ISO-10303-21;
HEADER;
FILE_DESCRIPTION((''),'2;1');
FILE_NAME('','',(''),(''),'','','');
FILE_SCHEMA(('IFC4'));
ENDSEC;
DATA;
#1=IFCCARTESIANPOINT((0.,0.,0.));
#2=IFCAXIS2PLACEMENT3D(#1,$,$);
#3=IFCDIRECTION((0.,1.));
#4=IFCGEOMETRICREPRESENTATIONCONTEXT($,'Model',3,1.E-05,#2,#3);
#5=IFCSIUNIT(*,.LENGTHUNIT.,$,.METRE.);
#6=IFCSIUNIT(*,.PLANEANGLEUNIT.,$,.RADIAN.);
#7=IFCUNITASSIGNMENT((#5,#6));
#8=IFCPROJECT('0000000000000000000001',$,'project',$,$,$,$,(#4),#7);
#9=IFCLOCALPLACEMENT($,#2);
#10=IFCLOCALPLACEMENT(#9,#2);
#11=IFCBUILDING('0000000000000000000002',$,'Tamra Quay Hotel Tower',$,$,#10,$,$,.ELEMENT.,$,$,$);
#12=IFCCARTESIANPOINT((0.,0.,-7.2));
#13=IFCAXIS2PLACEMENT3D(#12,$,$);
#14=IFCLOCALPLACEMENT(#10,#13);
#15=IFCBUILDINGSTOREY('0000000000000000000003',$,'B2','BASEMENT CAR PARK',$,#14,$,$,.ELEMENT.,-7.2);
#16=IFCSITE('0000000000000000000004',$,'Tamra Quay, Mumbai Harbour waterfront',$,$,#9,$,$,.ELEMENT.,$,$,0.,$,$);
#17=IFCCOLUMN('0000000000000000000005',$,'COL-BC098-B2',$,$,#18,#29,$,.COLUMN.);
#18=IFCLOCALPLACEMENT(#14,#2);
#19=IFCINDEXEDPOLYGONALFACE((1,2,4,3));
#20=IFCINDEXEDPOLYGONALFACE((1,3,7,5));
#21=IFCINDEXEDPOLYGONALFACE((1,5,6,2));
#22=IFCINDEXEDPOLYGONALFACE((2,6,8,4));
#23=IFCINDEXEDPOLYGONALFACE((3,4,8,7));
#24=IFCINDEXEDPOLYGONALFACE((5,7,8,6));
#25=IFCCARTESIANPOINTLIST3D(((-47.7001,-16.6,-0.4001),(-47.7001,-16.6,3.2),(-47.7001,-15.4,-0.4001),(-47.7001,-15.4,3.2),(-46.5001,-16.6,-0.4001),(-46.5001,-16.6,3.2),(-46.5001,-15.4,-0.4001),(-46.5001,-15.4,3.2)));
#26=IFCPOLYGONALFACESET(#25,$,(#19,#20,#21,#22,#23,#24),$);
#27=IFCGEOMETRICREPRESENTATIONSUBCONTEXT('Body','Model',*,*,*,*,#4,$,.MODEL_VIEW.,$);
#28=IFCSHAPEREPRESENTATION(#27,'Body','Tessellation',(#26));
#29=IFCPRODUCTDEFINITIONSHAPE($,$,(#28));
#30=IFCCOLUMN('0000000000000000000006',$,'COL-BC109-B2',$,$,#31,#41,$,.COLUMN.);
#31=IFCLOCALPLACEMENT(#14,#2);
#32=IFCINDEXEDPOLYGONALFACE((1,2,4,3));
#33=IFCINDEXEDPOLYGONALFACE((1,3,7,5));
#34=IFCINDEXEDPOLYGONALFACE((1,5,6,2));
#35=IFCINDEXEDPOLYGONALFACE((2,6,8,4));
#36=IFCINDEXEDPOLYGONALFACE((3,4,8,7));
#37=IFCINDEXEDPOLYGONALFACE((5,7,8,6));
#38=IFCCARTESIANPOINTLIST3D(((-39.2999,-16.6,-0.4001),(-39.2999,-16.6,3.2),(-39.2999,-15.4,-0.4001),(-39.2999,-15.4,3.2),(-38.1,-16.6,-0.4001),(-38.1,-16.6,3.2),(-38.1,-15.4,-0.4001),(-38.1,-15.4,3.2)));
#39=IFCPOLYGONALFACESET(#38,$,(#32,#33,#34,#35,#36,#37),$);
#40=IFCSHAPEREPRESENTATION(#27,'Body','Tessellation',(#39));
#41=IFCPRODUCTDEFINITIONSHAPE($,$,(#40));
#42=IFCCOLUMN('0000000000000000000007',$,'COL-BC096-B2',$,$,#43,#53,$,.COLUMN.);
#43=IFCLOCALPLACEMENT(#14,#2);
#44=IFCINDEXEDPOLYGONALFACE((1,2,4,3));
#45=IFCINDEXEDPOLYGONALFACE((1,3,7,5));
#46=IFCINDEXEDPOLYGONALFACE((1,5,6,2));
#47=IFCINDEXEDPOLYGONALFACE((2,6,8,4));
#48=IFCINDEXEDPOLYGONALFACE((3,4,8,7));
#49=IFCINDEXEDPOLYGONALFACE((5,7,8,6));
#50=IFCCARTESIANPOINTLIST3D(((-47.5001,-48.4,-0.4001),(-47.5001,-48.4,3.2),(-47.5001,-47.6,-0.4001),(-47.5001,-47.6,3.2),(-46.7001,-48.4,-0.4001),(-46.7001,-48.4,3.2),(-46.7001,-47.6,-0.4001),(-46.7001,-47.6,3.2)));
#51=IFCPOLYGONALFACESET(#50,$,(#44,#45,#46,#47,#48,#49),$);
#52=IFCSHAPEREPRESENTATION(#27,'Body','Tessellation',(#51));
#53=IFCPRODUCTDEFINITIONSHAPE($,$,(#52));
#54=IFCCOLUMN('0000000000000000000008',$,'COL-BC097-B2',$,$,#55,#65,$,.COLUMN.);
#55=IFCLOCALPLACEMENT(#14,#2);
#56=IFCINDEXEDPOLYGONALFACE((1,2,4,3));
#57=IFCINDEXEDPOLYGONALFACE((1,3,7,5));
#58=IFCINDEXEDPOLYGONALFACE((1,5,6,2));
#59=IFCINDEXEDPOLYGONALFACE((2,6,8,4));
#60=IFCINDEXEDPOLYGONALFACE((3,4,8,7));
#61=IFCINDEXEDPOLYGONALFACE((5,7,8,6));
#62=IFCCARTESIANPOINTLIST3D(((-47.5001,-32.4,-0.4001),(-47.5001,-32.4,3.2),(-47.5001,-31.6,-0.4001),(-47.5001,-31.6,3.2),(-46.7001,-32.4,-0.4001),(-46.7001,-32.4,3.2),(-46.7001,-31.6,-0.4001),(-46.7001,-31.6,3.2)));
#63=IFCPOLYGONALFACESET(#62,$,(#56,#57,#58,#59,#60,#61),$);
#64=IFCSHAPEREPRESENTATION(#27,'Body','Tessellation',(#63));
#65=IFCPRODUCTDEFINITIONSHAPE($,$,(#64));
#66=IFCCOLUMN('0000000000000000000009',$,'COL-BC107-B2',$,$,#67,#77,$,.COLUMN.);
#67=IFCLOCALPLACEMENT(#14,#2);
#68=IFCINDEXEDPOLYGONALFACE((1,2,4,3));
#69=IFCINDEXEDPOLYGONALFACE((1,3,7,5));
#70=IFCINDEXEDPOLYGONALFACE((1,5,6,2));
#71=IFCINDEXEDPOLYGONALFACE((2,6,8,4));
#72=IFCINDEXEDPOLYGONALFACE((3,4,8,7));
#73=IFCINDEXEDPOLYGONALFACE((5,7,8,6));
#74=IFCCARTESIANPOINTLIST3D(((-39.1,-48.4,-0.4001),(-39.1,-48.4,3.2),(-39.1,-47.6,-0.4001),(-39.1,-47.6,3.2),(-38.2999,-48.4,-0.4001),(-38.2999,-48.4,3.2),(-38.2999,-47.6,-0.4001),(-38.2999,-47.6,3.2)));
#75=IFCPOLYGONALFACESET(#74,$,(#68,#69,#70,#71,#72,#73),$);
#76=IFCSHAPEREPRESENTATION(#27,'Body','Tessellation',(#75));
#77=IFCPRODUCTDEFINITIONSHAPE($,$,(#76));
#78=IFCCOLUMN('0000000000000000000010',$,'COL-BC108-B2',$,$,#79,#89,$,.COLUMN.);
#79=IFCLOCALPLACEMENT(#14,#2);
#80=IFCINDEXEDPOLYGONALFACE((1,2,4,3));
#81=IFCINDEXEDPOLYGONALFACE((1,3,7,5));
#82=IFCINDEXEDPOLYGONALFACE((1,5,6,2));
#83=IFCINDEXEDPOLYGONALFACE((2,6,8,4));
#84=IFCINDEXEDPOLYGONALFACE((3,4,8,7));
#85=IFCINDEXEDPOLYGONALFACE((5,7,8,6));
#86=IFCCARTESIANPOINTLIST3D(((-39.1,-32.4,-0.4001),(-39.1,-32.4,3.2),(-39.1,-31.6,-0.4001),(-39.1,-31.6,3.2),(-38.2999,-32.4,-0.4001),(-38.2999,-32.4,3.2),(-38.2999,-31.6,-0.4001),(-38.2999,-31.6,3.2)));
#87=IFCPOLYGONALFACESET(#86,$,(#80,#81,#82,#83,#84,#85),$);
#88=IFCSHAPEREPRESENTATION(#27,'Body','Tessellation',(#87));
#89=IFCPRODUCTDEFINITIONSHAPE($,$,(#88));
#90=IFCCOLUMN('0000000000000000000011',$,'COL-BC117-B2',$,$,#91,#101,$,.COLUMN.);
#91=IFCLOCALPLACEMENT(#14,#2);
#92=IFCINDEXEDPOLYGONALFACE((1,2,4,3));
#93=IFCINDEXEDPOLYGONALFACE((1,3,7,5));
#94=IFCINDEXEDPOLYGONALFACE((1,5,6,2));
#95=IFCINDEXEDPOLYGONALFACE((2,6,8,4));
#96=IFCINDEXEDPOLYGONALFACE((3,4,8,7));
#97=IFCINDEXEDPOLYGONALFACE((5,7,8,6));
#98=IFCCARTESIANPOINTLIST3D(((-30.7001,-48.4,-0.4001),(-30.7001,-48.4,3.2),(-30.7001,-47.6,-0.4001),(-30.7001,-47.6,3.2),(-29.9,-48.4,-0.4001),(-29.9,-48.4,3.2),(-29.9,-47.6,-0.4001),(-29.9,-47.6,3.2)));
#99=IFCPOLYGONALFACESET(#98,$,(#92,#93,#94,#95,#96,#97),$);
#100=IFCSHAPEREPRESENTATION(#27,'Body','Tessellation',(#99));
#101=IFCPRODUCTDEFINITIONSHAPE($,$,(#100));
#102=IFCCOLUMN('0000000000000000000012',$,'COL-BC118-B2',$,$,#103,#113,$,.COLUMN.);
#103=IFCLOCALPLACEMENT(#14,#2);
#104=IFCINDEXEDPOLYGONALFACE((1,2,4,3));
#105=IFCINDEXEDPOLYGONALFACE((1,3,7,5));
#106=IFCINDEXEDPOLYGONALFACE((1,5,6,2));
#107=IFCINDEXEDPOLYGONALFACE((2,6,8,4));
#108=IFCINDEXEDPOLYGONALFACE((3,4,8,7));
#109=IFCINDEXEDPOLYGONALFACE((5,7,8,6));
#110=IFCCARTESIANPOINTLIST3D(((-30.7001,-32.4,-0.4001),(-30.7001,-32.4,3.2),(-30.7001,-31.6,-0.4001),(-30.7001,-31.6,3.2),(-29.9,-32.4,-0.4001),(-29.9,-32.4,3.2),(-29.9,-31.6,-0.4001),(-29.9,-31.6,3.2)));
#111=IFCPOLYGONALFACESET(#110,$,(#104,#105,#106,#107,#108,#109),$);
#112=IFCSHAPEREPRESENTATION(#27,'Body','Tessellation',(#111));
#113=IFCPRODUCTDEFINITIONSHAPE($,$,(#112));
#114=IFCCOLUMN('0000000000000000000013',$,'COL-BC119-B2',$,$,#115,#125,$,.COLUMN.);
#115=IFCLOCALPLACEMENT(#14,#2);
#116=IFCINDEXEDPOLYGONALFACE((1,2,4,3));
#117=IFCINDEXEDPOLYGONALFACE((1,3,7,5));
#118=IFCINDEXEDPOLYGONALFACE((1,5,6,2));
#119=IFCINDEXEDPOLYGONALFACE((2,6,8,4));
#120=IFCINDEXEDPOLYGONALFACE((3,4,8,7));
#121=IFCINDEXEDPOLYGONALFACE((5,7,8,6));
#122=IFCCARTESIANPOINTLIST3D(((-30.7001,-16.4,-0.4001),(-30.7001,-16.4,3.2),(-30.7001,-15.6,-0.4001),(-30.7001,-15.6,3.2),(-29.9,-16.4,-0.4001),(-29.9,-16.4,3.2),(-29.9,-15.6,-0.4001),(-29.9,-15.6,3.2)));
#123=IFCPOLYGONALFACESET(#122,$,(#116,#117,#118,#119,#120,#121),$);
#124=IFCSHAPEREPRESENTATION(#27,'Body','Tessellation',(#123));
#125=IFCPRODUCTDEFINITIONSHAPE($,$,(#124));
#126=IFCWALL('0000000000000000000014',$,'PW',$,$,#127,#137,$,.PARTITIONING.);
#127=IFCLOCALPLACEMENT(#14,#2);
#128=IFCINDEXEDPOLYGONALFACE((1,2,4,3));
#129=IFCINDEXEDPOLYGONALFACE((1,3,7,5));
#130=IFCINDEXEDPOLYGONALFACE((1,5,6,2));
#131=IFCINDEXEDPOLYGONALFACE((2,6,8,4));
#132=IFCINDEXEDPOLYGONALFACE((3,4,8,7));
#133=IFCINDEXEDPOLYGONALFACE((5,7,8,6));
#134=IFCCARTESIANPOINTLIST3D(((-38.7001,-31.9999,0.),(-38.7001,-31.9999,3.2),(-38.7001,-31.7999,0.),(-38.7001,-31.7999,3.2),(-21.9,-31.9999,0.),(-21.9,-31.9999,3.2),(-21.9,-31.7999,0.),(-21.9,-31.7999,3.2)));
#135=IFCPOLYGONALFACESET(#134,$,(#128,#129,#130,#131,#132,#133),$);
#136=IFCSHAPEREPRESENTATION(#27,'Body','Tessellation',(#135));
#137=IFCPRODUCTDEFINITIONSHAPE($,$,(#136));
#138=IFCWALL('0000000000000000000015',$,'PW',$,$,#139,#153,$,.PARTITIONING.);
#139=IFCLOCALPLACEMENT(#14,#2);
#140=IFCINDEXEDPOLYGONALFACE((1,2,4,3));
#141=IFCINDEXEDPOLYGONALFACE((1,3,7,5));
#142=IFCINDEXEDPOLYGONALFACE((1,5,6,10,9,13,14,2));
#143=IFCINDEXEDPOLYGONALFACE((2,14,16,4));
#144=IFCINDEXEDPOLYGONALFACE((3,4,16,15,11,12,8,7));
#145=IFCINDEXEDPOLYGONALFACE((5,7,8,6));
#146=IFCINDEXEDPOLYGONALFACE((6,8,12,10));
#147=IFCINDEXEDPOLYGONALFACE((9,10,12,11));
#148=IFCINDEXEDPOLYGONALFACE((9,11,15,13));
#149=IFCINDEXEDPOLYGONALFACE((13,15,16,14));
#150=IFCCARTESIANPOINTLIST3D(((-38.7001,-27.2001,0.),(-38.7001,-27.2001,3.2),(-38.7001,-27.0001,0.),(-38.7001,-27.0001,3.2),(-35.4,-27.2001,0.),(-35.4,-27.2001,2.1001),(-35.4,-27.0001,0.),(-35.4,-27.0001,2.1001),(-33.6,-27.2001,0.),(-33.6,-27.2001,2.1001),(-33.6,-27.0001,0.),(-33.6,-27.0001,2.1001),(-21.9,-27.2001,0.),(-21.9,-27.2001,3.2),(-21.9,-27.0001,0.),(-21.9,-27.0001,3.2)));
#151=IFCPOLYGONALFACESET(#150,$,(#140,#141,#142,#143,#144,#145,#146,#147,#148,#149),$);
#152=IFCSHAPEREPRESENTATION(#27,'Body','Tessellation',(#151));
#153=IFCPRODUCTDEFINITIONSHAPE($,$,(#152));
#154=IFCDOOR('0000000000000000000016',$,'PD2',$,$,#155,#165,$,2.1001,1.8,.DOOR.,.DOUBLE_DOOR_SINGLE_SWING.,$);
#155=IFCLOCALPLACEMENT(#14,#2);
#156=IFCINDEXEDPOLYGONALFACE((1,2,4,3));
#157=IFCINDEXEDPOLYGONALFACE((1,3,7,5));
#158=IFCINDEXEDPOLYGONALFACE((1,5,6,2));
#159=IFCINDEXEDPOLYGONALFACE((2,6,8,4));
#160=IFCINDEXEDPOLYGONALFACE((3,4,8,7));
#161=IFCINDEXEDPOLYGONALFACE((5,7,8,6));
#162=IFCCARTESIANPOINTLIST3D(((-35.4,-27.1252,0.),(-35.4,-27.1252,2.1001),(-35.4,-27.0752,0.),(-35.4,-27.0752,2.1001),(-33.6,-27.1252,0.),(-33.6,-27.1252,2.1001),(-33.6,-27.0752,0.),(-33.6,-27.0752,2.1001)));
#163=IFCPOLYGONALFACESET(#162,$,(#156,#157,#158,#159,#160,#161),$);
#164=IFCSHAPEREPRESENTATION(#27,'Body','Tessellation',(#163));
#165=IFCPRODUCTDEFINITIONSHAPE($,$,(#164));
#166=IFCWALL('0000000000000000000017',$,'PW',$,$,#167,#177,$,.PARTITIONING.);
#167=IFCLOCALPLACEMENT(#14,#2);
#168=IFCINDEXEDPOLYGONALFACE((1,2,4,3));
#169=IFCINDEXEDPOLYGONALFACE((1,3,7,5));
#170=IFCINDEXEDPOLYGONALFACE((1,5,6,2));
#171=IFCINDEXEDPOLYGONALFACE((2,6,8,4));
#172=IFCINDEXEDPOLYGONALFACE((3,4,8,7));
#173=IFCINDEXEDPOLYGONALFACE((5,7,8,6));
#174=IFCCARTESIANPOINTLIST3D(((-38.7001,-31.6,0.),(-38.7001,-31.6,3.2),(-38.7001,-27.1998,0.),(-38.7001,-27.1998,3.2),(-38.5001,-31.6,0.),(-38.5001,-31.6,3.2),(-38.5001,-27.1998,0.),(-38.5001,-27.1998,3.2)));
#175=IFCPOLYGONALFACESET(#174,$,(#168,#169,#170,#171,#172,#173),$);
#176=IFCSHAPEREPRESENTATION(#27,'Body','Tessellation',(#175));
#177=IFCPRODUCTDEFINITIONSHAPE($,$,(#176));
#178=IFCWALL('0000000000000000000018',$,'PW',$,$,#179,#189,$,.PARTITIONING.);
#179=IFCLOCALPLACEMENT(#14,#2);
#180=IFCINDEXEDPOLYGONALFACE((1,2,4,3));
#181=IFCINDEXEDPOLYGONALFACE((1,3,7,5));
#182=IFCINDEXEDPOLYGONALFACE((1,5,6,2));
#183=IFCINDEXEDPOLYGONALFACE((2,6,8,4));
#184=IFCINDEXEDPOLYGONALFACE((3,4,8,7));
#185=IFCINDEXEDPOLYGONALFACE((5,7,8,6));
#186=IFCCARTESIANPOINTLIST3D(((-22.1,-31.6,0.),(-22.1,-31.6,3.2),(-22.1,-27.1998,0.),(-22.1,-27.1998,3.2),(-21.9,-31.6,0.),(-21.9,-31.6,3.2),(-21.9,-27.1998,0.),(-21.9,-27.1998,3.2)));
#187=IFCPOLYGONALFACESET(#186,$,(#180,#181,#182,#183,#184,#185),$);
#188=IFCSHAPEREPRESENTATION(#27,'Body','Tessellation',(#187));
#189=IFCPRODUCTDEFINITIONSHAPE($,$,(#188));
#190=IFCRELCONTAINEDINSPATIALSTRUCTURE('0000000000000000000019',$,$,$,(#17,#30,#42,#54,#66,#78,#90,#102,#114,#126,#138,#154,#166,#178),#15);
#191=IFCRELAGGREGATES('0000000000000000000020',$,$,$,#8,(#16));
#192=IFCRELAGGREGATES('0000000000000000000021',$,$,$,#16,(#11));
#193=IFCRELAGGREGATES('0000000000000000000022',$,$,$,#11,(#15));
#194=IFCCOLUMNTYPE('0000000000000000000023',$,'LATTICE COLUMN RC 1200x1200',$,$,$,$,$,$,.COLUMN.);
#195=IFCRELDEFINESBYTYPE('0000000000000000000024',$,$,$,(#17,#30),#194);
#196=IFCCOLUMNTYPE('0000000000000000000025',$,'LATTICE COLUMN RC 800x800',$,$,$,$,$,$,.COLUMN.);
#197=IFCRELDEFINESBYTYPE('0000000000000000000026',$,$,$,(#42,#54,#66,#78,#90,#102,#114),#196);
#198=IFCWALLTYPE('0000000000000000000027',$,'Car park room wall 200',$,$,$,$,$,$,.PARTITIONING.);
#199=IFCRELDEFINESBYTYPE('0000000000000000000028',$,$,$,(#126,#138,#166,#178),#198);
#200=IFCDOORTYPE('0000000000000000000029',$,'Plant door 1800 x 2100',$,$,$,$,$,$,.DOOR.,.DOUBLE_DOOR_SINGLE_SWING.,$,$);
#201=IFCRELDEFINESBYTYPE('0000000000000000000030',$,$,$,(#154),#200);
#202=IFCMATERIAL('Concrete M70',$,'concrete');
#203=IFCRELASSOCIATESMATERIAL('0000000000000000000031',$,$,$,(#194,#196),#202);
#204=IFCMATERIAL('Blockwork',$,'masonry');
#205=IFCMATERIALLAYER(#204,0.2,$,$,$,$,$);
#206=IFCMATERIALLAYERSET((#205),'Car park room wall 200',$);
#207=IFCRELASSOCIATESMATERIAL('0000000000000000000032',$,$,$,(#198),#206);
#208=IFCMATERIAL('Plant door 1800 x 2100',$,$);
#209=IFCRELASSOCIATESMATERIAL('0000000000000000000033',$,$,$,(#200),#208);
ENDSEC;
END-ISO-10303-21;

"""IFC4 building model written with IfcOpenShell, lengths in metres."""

from ifc_helpers import new_model, si_unit, direction, frame, frame_2d, origin, origin_2d, place, context, subcontext, project, spatial, rectangle, extrude, material, layer, layer_set, material_profile, profile_set, type_object, element, fill, save


model = new_model("IFC4")

# Units and contexts
model_context = context("Model", 3, precision=1e-05, world=origin(), true_north=direction((0.0, 1.0)))
body_context = subcontext(model_context, "Body", "Model", "MODEL_VIEW")
ifc_project = project(units=[si_unit("LENGTHUNIT", "METRE"), si_unit("PLANEANGLEUNIT", "RADIAN")], contexts=[model_context])

# Site, building, storey
site_placement = place(None, origin())
site = spatial("IfcSite", under=ifc_project, at=site_placement, Name="Tamra Quay, Mumbai Harbour waterfront", CompositionType="ELEMENT", RefElevation=0.0)
building_placement = place(site_placement, origin())
building = spatial("IfcBuilding", under=site, at=building_placement, Name="Tamra Quay Hotel Tower", CompositionType="ELEMENT")
storey_placement = place(building_placement, frame((0.0, 0.0, -7.2)))
storey = spatial("IfcBuildingStorey", under=building, at=storey_placement, Name="B2", Description="BASEMENT CAR PARK", CompositionType="ELEMENT", Elevation=-7.2)

# Columns
ifc_material_1 = material(Name="Concrete M70", Category="concrete")
ifc_material_profile_1 = material_profile(ifc_material_1, rectangle(XDim=1.2, YDim=1.2, at=origin_2d()), Name="LATTICE COLUMN RC 1200x1200")
ifc_profile_set_1 = profile_set([ifc_material_profile_1], Name="Concrete M70")
column_type_1 = type_object("IfcColumnType", Name="LATTICE COLUMN RC 1200x1200", PredefinedType="COLUMN", material=ifc_profile_set_1)
for number, where, z_axis, x_axis, name in (
    (1, (-47.1001, -16.0, -0.4001), (0.0, 0.0, 1.0), (1.0, 0.0, 0.0), "COL-BC098-B2"),
    (2, (-38.7, -16.0, -0.4001), (0.0, 0.0, 1.0), (1.0, 0.0, 0.0), "COL-BC109-B2"),
):
    element("IfcColumn", number, at=place(storey_placement, frame(where, z_axis=z_axis, x_axis=x_axis)), inside=storey, type_object=column_type_1, Name=name, PredefinedType="COLUMN", context=body_context, shape_type="SweptSolid", body=[
        extrude(rectangle(XDim=1.2, YDim=1.2, at=origin_2d()), origin(), (0.0, 0.0, 1.0), 3.6001),
    ])
ifc_material_profile_2 = material_profile(ifc_material_1, rectangle(XDim=0.8, YDim=0.8, at=origin_2d()), Name="LATTICE COLUMN RC 800x800")
ifc_profile_set_2 = profile_set([ifc_material_profile_2], Name="Concrete M70")
column_type_2 = type_object("IfcColumnType", Name="LATTICE COLUMN RC 800x800", PredefinedType="COLUMN", material=ifc_profile_set_2)
for number, where, z_axis, x_axis, name in (
    (3, (-47.1001, -48.0, -0.4001), (0.0, 0.0, 1.0), (1.0, 0.0, 0.0), "COL-BC096-B2"),
    (4, (-47.1001, -32.0, -0.4001), (0.0, 0.0, 1.0), (1.0, 0.0, 0.0), "COL-BC097-B2"),
    (5, (-38.7, -48.0, -0.4001), (0.0, 0.0, 1.0), (1.0, 0.0, 0.0), "COL-BC107-B2"),
    (6, (-38.7, -32.0, -0.4001), (0.0, 0.0, 1.0), (1.0, 0.0, 0.0), "COL-BC108-B2"),
    (7, (-30.3, -48.0, -0.4001), (0.0, 0.0, 1.0), (1.0, 0.0, 0.0), "COL-BC117-B2"),
    (8, (-30.3, -32.0, -0.4001), (0.0, 0.0, 1.0), (1.0, 0.0, 0.0), "COL-BC118-B2"),
    (9, (-30.3, -16.0, -0.4001), (0.0, 0.0, 1.0), (1.0, 0.0, 0.0), "COL-BC119-B2"),
):
    element("IfcColumn", number, at=place(storey_placement, frame(where, z_axis=z_axis, x_axis=x_axis)), inside=storey, type_object=column_type_2, Name=name, PredefinedType="COLUMN", context=body_context, shape_type="SweptSolid", body=[
        extrude(rectangle(XDim=0.8, YDim=0.8, at=origin_2d()), origin(), (0.0, 0.0, 1.0), 3.6001),
    ])

# Wall
ifc_material_2 = material(Name="Blockwork", Category="masonry")
ifc_layer_1 = layer(ifc_material_2, 0.2)
ifc_layer_set_1 = layer_set([ifc_layer_1], Name="Car park room wall 200")
wall_type_1 = type_object("IfcWallType", Name="Car park room wall 200", PredefinedType="PARTITIONING", material=ifc_layer_set_1)
wall_1_placement = place(storey_placement, frame((-38.7, -31.8999, 0.0), z_axis=(0.0, 0.0, 1.0), x_axis=(1.0, 0.0, 0.0)))
element("IfcWall", 10, at=wall_1_placement, inside=storey, type_object=wall_type_1, Name="PW", PredefinedType="PARTITIONING", context=body_context, shape_type="SweptSolid", body=[
    extrude(rectangle(XDim=16.8, YDim=0.2, at=frame_2d((8.3999, 0.0))), origin(), (0.0, 0.0, 1.0), 3.2),
])

# Wall, opening, door
wall_2_placement = place(storey_placement, frame((-38.7, -27.1001, 0.0), z_axis=(0.0, 0.0, 1.0), x_axis=(1.0, 0.0, 0.0)))
wall_2 = element("IfcWall", 11, at=wall_2_placement, inside=storey, type_object=wall_type_1, Name="PW", PredefinedType="PARTITIONING", context=body_context, shape_type="SweptSolid", body=[
    extrude(rectangle(XDim=16.8, YDim=0.2, at=frame_2d((8.3999, 0.0))), origin(), (0.0, 0.0, 1.0), 3.2),
])
opening_1_placement = place(wall_2_placement, frame((3.3, 0.0, 0.0)))
opening_1 = element("IfcOpeningElement", 12, at=opening_1_placement, cuts=wall_2, PredefinedType="OPENING", context=body_context, shape_type="SweptSolid", body=[
    extrude(rectangle(XDim=1.8, YDim=2.1001, at=frame_2d((0.8999, 1.05))), frame((0.0, 0.1099, 0.0), z_axis=(0.0, -1.0, 0.0), x_axis=(1.0, 0.0, 0.0)), (0.0, 0.0, 1.0), 0.22),
])
ifc_material_3 = material(Name="Plant door 1800 x 2100")
door_type = type_object("IfcDoorType", Name="Plant door 1800 x 2100", OperationType="DOUBLE_DOOR_SINGLE_SWING", PredefinedType="DOOR", material=ifc_material_3)
door_1_placement = place(opening_1_placement, origin())
door_1 = element("IfcDoor", 13, at=door_1_placement, inside=storey, type_object=door_type, Name="PD2", OperationType="DOUBLE_DOOR_SINGLE_SWING", OverallHeight=2.1001, OverallWidth=1.8, PredefinedType="DOOR", context=body_context, shape_type="SweptSolid", body=[
    extrude(rectangle(XDim=1.8, YDim=2.1001, at=frame_2d((0.8999, 1.05))), frame((0.0, 0.0249, 0.0), z_axis=(0.0, -1.0, 0.0), x_axis=(1.0, 0.0, 0.0)), (0.0, 0.0, 1.0), 0.05),
])
fill(opening_1, door_1)

# Walls
for number, where, z_axis, x_axis, name in (
    (14, (-38.6001, -31.6001, 0.0), (0.0, 0.0, 1.0), (0.0, 1.0, 0.0), "PW"),
    (15, (-22.0, -31.6001, 0.0), (0.0, 0.0, 1.0), (0.0, 1.0, 0.0), "PW"),
):
    element("IfcWall", number, at=place(storey_placement, frame(where, z_axis=z_axis, x_axis=x_axis)), inside=storey, type_object=wall_type_1, Name=name, PredefinedType="PARTITIONING", context=body_context, shape_type="SweptSolid", body=[
        extrude(rectangle(XDim=4.4001, YDim=0.2, at=frame_2d((2.2002, 0.0))), origin(), (0.0, 0.0, 1.0), 3.2),
    ])

save(model, "model.ifc")
